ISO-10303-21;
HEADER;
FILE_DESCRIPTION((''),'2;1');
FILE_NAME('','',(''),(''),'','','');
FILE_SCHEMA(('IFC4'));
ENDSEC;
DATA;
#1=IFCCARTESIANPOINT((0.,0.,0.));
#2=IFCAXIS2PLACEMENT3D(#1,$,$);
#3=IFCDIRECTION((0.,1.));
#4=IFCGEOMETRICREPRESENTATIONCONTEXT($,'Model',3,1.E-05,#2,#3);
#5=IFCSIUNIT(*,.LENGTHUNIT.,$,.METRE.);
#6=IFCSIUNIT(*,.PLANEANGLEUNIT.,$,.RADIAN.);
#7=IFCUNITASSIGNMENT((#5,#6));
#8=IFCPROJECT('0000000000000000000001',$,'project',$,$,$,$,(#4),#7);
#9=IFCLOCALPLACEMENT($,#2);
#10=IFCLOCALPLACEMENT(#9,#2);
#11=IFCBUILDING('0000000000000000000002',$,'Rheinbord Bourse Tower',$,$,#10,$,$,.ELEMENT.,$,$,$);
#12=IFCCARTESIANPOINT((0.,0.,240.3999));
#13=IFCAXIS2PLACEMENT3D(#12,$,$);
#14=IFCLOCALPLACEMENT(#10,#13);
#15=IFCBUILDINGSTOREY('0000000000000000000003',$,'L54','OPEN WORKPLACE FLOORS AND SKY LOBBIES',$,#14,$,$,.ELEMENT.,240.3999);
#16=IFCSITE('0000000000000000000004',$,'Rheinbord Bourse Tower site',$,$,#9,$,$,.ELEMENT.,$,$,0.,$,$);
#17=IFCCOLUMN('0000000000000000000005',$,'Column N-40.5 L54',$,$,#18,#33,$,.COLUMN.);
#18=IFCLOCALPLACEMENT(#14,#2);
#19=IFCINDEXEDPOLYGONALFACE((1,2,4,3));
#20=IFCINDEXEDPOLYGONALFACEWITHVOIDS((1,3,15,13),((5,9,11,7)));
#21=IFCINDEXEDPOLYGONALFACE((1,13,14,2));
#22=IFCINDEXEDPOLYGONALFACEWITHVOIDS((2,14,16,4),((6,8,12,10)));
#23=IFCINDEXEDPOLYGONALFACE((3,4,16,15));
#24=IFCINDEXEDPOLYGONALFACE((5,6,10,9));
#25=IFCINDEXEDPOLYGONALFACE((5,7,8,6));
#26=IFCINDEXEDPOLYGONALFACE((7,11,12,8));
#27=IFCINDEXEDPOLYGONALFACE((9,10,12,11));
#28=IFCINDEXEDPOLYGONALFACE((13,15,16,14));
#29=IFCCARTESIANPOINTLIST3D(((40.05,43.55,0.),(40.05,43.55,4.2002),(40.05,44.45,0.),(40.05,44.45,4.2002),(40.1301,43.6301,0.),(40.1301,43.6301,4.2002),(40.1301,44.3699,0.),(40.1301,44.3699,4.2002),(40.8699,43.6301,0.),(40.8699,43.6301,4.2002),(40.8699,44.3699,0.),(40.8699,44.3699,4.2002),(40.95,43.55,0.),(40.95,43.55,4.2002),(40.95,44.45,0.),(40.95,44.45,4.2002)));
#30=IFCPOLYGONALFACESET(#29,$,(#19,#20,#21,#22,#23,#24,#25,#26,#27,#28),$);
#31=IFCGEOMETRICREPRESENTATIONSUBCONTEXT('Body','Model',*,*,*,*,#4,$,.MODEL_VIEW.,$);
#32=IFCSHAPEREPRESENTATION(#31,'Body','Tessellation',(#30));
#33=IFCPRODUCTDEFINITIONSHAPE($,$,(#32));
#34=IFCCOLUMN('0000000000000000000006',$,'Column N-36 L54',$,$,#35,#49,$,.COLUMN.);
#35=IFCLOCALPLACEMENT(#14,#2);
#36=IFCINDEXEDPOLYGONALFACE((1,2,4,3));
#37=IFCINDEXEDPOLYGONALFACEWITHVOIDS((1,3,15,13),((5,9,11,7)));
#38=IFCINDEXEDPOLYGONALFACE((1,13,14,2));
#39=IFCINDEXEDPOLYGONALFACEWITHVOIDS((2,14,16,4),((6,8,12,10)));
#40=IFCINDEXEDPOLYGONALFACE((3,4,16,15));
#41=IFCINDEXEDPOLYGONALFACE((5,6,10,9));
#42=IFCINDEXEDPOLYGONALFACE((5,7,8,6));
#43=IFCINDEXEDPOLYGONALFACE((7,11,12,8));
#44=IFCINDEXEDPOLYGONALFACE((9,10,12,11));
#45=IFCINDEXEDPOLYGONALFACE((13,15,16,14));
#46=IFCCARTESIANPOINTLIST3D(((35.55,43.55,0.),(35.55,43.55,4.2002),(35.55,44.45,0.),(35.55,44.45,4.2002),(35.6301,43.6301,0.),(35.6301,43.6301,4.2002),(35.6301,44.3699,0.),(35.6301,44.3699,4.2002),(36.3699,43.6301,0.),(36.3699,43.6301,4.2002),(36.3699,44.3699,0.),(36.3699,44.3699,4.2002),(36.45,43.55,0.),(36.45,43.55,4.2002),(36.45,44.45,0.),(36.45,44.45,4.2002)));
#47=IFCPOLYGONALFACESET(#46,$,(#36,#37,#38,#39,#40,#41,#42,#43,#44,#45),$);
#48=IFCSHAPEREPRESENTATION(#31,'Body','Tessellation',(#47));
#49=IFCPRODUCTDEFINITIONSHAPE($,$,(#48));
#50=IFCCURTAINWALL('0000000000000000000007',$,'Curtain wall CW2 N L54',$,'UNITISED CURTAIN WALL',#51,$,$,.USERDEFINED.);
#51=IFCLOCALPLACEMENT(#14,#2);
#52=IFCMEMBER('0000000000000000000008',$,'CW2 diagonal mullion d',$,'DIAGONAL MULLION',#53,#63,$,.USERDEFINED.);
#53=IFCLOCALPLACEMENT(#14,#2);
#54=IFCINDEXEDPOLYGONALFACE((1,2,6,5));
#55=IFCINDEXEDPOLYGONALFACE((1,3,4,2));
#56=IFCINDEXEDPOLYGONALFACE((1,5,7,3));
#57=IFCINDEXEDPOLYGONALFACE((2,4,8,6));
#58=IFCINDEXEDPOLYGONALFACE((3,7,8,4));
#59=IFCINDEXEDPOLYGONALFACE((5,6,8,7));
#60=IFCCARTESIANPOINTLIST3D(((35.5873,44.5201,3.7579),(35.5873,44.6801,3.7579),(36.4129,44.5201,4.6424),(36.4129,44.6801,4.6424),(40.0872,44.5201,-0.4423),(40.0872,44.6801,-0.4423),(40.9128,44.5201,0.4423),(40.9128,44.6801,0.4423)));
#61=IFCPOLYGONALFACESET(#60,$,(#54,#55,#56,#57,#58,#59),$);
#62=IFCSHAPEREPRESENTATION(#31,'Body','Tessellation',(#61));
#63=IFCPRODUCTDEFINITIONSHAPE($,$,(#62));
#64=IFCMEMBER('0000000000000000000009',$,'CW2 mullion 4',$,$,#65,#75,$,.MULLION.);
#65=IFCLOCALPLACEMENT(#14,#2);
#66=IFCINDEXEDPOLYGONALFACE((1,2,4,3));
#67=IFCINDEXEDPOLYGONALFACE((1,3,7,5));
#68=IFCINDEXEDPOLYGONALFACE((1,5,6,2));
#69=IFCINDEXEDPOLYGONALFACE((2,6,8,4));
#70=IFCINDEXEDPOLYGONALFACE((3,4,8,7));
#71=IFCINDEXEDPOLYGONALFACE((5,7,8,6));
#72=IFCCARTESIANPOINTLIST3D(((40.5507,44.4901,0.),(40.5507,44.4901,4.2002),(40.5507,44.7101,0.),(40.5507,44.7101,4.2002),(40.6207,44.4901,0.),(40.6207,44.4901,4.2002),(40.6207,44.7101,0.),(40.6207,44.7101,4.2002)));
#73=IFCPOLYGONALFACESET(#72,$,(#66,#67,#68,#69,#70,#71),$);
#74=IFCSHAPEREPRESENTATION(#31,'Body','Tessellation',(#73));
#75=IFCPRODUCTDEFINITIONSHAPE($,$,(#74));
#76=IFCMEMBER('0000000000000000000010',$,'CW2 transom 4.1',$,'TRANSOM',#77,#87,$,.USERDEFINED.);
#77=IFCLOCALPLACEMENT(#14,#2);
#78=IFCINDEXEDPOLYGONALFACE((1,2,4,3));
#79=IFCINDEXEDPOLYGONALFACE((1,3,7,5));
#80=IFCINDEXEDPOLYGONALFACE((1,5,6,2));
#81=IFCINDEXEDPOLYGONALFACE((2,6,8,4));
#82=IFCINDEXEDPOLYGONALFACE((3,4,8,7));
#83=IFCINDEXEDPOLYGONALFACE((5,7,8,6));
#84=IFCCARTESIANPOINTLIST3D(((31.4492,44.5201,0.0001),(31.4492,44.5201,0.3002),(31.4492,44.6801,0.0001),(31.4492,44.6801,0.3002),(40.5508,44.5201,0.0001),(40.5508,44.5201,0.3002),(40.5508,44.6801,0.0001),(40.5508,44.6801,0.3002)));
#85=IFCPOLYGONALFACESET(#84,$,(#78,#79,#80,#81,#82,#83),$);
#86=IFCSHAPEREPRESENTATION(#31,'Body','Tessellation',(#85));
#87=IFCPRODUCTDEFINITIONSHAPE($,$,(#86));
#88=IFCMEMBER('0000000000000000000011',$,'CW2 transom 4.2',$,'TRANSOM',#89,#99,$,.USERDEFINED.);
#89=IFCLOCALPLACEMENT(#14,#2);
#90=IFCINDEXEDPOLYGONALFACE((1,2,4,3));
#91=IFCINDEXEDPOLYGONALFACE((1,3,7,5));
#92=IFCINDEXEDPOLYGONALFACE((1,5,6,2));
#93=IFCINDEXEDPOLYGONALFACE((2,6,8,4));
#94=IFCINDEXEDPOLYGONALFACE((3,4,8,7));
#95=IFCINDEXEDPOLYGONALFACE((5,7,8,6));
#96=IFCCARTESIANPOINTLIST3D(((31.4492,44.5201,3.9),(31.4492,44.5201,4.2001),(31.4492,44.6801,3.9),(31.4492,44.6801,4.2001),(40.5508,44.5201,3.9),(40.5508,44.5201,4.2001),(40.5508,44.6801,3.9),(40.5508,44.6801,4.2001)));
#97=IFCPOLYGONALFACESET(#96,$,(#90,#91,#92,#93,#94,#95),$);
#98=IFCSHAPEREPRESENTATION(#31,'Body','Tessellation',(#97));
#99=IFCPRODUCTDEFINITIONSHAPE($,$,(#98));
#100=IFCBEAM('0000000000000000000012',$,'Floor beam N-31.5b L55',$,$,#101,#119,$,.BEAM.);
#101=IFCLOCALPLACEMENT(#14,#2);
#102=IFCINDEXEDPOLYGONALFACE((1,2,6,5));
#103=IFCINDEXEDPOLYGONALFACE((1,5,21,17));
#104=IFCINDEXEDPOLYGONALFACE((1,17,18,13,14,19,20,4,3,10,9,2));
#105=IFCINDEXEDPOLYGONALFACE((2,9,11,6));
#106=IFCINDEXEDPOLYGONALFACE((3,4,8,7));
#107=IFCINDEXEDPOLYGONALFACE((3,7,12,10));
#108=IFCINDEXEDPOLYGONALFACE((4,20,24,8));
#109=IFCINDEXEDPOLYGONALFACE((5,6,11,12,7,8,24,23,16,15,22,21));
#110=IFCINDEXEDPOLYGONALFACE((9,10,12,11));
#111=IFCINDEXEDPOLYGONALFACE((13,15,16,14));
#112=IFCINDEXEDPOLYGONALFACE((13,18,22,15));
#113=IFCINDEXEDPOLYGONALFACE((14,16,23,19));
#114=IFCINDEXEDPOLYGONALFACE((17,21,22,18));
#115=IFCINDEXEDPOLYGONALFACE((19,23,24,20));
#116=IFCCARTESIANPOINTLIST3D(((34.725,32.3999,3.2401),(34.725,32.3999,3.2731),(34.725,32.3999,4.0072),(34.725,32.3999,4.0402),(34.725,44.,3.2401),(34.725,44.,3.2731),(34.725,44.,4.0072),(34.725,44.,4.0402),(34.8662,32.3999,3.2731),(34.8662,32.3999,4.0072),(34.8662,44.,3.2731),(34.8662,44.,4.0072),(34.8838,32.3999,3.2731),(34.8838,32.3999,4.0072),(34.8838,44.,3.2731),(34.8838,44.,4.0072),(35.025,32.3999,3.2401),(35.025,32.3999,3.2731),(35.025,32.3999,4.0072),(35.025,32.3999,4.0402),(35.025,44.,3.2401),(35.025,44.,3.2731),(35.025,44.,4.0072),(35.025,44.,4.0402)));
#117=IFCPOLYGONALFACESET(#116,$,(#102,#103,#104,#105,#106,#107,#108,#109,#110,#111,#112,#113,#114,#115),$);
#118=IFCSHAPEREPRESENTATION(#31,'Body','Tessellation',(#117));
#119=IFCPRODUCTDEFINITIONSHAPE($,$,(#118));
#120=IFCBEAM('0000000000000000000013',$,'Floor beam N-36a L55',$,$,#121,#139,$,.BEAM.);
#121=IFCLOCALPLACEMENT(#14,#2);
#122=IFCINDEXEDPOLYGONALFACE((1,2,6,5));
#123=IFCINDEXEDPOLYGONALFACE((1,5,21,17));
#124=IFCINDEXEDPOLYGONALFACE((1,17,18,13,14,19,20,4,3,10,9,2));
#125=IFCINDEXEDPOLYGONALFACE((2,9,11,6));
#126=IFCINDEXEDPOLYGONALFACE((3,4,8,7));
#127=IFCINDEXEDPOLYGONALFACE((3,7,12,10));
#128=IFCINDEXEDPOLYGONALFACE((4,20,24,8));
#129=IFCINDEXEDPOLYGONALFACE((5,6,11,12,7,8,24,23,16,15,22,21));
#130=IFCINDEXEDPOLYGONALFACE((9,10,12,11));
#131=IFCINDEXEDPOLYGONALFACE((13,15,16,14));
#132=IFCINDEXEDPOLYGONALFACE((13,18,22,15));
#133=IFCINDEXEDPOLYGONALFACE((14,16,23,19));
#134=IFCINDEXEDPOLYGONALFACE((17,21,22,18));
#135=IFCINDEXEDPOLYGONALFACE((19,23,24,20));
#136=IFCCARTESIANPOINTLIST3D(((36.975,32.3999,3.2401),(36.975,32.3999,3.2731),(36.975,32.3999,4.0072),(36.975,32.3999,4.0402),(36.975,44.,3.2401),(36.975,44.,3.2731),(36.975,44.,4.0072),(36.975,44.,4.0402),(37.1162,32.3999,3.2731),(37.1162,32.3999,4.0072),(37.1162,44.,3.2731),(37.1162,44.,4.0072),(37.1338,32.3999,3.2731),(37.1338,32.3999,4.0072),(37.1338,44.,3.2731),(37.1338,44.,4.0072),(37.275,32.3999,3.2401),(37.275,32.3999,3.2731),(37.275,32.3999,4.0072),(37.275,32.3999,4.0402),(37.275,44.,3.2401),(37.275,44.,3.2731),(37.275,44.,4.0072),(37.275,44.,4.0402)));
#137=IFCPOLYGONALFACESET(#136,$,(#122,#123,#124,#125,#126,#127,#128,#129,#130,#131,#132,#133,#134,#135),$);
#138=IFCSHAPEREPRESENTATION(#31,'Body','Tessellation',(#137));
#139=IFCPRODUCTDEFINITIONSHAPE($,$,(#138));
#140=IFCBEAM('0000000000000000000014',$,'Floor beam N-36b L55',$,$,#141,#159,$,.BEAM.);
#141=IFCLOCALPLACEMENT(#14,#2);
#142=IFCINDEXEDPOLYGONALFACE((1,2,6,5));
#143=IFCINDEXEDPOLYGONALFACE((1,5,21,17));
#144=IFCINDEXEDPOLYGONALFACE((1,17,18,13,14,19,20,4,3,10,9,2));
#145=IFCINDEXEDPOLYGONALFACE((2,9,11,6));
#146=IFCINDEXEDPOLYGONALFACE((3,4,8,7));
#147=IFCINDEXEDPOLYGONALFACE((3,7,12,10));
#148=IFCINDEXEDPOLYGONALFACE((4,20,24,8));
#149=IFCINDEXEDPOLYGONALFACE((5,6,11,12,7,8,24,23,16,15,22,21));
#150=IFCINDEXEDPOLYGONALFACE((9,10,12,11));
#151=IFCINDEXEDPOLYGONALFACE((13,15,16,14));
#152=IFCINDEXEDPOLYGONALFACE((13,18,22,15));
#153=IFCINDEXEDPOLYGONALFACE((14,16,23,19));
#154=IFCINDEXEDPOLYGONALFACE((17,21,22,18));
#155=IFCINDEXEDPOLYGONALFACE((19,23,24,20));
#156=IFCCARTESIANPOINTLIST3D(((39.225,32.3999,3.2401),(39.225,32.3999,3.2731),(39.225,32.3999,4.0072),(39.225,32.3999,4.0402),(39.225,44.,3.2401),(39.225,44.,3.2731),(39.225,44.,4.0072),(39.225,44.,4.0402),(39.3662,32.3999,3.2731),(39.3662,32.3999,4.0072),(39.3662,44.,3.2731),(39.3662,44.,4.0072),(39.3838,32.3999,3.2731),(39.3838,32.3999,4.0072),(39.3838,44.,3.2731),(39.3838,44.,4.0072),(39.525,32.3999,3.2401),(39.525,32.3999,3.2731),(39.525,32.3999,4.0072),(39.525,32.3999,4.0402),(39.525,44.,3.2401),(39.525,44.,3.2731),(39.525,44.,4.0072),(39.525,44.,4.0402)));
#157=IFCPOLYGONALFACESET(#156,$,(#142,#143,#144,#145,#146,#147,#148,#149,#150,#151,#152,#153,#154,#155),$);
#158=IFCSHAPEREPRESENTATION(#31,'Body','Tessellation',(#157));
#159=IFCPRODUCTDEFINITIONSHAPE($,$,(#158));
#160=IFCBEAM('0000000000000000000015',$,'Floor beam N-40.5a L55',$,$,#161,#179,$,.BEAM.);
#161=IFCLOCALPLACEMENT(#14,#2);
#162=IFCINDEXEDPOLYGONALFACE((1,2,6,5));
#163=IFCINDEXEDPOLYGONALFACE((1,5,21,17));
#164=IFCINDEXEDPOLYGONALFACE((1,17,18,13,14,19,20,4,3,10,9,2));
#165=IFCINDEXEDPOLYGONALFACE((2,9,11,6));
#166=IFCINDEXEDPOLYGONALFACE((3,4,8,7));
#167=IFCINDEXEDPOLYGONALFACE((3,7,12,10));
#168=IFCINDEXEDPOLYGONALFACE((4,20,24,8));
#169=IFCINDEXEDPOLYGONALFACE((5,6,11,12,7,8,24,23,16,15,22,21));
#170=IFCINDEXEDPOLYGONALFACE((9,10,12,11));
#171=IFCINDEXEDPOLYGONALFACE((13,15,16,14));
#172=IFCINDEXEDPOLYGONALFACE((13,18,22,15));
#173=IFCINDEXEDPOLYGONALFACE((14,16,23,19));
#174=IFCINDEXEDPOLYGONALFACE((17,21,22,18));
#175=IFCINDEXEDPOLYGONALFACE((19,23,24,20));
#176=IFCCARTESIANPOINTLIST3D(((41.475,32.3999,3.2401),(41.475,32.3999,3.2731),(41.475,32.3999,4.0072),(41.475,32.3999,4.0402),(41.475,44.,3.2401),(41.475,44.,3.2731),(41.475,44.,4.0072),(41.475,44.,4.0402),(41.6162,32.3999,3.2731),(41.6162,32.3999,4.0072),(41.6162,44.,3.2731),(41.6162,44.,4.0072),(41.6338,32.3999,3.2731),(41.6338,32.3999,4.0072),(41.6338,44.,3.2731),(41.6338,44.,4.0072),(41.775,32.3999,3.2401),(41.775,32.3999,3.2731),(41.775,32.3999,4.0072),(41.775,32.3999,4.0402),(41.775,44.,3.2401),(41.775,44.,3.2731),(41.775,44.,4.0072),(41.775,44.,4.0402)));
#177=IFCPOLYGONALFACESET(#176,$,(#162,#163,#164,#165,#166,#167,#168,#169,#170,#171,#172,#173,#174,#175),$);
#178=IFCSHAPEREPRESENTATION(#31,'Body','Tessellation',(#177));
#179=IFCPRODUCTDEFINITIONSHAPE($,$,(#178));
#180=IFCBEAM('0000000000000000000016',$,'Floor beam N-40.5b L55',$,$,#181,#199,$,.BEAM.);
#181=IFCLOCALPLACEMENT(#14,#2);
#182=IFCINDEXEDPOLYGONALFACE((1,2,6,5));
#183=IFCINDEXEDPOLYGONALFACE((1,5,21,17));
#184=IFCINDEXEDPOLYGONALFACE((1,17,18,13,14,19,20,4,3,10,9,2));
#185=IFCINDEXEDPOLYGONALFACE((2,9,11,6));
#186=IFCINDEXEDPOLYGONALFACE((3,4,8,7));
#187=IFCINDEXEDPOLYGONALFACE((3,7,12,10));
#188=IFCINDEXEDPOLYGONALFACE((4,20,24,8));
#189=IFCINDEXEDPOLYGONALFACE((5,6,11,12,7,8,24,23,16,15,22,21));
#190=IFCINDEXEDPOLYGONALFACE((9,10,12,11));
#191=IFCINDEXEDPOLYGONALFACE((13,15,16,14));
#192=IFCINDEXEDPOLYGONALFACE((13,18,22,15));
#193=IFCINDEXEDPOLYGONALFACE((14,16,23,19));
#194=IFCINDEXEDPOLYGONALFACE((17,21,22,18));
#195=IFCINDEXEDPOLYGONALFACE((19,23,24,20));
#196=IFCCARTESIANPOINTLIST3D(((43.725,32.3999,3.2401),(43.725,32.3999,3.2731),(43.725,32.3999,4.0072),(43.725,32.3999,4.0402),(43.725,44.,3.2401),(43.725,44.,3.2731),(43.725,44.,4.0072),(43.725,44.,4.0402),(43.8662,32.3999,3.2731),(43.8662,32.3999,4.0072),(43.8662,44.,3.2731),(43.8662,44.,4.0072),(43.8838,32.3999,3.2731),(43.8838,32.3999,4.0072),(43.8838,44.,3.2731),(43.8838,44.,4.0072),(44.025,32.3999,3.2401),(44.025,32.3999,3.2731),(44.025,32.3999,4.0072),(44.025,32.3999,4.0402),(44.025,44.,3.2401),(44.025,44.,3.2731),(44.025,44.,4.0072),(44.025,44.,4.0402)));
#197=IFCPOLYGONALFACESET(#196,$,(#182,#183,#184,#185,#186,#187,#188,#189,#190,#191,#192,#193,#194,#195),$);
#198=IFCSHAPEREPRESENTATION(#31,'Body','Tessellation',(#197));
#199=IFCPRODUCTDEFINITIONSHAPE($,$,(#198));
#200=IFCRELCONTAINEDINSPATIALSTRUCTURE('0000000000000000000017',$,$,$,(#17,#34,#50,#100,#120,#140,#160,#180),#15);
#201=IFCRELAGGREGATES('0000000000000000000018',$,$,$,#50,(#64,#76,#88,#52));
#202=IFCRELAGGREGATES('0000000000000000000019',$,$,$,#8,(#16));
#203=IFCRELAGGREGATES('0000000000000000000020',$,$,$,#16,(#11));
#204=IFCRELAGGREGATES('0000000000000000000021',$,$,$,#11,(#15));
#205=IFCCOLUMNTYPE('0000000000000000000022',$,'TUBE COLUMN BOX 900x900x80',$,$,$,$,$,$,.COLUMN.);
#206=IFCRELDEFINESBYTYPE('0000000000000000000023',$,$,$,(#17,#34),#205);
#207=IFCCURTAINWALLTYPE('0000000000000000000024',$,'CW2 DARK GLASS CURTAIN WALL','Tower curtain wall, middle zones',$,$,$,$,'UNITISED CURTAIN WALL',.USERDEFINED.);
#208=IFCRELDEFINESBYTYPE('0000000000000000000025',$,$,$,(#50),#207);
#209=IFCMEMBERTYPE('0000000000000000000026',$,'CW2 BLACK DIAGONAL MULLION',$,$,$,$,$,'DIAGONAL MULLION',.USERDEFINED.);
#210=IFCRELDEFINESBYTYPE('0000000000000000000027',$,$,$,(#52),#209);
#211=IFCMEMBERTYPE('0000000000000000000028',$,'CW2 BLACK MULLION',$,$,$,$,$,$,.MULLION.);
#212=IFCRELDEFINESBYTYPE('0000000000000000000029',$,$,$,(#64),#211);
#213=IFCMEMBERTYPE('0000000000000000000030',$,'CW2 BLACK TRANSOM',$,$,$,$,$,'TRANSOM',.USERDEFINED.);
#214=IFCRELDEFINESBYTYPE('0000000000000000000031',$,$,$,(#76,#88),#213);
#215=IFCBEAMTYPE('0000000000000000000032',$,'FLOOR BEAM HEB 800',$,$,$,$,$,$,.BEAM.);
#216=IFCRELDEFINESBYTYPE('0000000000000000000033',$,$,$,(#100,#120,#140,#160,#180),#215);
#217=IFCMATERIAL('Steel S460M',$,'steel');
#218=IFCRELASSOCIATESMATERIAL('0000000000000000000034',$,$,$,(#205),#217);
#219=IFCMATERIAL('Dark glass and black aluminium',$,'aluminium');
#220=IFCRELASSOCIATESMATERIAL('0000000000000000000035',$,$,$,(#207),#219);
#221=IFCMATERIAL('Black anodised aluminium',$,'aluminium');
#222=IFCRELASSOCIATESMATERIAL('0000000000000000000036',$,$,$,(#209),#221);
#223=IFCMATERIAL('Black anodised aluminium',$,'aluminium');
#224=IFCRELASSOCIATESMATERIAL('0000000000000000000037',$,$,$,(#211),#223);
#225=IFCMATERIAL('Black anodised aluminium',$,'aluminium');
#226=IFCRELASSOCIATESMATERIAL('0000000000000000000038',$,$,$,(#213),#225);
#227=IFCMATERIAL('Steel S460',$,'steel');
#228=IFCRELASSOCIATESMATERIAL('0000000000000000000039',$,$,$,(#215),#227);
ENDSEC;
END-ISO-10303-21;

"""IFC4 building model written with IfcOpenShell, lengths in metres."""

from ifc_helpers import new_model, si_unit, direction, frame, origin, origin_2d, place, context, subcontext, project, spatial, rectangle, hollow_rectangle, i_section, extrude, material, material_profile, profile_set, type_object, element, aggregate, save


model = new_model("IFC4")

# Units and contexts
model_context = context("Model", 3, precision=1e-05, world=origin(), true_north=direction((0.0, 1.0)))
body_context = subcontext(model_context, "Body", "Model", "MODEL_VIEW")
ifc_project = project(units=[si_unit("LENGTHUNIT", "METRE"), si_unit("PLANEANGLEUNIT", "RADIAN")], contexts=[model_context])

# Site, building, storey
site_placement = place(None, origin())
site = spatial("IfcSite", under=ifc_project, at=site_placement, Name="Rheinbord Bourse Tower site", CompositionType="ELEMENT", RefElevation=0.0)
building_placement = place(site_placement, origin())
building = spatial("IfcBuilding", under=site, at=building_placement, Name="Rheinbord Bourse Tower", CompositionType="ELEMENT")
storey_placement = place(building_placement, frame((0.0, 0.0, 240.3999)))
storey = spatial("IfcBuildingStorey", under=building, at=storey_placement, Name="L54", Description="OPEN WORKPLACE FLOORS AND SKY LOBBIES", CompositionType="ELEMENT", Elevation=240.3999)

# Columns
ifc_material_1 = material(Name="Steel S460M", Category="steel")
ifc_material_profile_1 = material_profile(ifc_material_1, hollow_rectangle(XDim=0.8999, YDim=0.8999, WallThickness=0.0801, at=origin_2d()), Name="BOX 900x900x80")
ifc_profile_set_1 = profile_set([ifc_material_profile_1], Name="Steel S460M")
column_type = type_object("IfcColumnType", Name="TUBE COLUMN BOX 900x900x80", PredefinedType="COLUMN", material=ifc_profile_set_1)
for number, where, z_axis, x_axis, name in (
    (1, (40.5, 44.0, 0.0), (0.0, 0.0, 1.0), (0.0, 1.0, 0.0), "Column N-40.5 L54"),
    (2, (36.0, 44.0, 0.0), (0.0, 0.0, 1.0), (0.0, 1.0, 0.0), "Column N-36 L54"),
):
    element("IfcColumn", number, at=place(storey_placement, frame(where, z_axis=z_axis, x_axis=x_axis)), inside=storey, type_object=column_type, Name=name, PredefinedType="COLUMN", context=body_context, shape_type="SweptSolid", body=[
        extrude(hollow_rectangle(XDim=0.8999, YDim=0.8999, WallThickness=0.0801, at=origin_2d()), origin(), (0.0, 0.0, 1.0), 4.2002),
    ])

# Curtain wall, members
ifc_material_2 = material(Name="Dark glass and black aluminium", Category="aluminium")
curtain_wall_type = type_object("IfcCurtainWallType", Name="CW2 DARK GLASS CURTAIN WALL", Description="Tower curtain wall, middle zones", ElementType="UNITISED CURTAIN WALL", PredefinedType="USERDEFINED", material=ifc_material_2)
curtain_wall_placement = place(storey_placement, origin())
curtain_wall = element("IfcCurtainWall", 3, at=curtain_wall_placement, inside=storey, type_object=curtain_wall_type, Name="Curtain wall CW2 N L54", ObjectType="UNITISED CURTAIN WALL", PredefinedType="USERDEFINED")
ifc_material_3 = material(Name="Black anodised aluminium", Category="aluminium")
ifc_material_profile_2 = material_profile(ifc_material_3, rectangle(XDim=0.1599, YDim=1.21, at=origin_2d()), Name="CW2 DIAGONAL MULLION 1210x160")
ifc_profile_set_2 = profile_set([ifc_material_profile_2], Name="Black anodised aluminium")
member_type_1 = type_object("IfcMemberType", Name="CW2 BLACK DIAGONAL MULLION", ElementType="DIAGONAL MULLION", PredefinedType="USERDEFINED", material=ifc_profile_set_2)
member_1_placement = place(storey_placement, frame((40.5, 44.6001, 0.0), z_axis=(-0.731039, 0.0, 0.682335), x_axis=(0.0, -1.0, 0.0)))
member_1 = element("IfcMember", 4, at=member_1_placement, type_object=member_type_1, Name="CW2 diagonal mullion d", ObjectType="DIAGONAL MULLION", PredefinedType="USERDEFINED", context=body_context, shape_type="SweptSolid", body=[
    extrude(rectangle(XDim=0.1599, YDim=1.21, at=origin_2d()), origin(), (0.0, 0.0, 1.0), 6.1555),
])
ifc_material_4 = material(Name="Black anodised aluminium", Category="aluminium")
ifc_material_profile_3 = material_profile(ifc_material_4, rectangle(XDim=0.22, YDim=0.0701, at=origin_2d()), Name="CW2 MULLION 70x220")
ifc_profile_set_3 = profile_set([ifc_material_profile_3], Name="Black anodised aluminium")
member_type_2 = type_object("IfcMemberType", Name="CW2 BLACK MULLION", PredefinedType="MULLION", material=ifc_profile_set_3)
member_2_placement = place(storey_placement, frame((40.5857, 44.6001, 0.0), z_axis=(0.0, 0.0, 1.0), x_axis=(0.0, -1.0, 0.0)))
member_2 = element("IfcMember", 5, at=member_2_placement, type_object=member_type_2, Name="CW2 mullion 4", PredefinedType="MULLION", context=body_context, shape_type="SweptSolid", body=[
    extrude(rectangle(XDim=0.22, YDim=0.0701, at=origin_2d()), origin(), (0.0, 0.0, 1.0), 4.2002),
])
ifc_material_5 = material(Name="Black anodised aluminium", Category="aluminium")
ifc_material_profile_4 = material_profile(ifc_material_5, rectangle(XDim=0.1599, YDim=0.3, at=origin_2d()), Name="CW2 TRANSOM 300x160")
ifc_profile_set_4 = profile_set([ifc_material_profile_4], Name="Black anodised aluminium")
member_type_3 = type_object("IfcMemberType", Name="CW2 BLACK TRANSOM", ElementType="TRANSOM", PredefinedType="USERDEFINED", material=ifc_profile_set_4)
member_3_placement = place(storey_placement, frame((40.5508, 44.6001, 0.1501), z_axis=(-1.0, 0.0, 0.0), x_axis=(0.0, -1.0, 0.0)))
member_3 = element("IfcMember", 6, at=member_3_placement, type_object=member_type_3, Name="CW2 transom 4.1", ObjectType="TRANSOM", PredefinedType="USERDEFINED", context=body_context, shape_type="SweptSolid", body=[
    extrude(rectangle(XDim=0.1599, YDim=0.3, at=origin_2d()), origin(), (0.0, 0.0, 1.0), 9.1016),
])
member_4_placement = place(storey_placement, frame((40.5508, 44.6001, 4.05), z_axis=(-1.0, 0.0, 0.0), x_axis=(0.0, -1.0, 0.0)))
member_4 = element("IfcMember", 7, at=member_4_placement, type_object=member_type_3, Name="CW2 transom 4.2", ObjectType="TRANSOM", PredefinedType="USERDEFINED", context=body_context, shape_type="SweptSolid", body=[
    extrude(rectangle(XDim=0.1599, YDim=0.3, at=origin_2d()), origin(), (0.0, 0.0, 1.0), 9.1016),
])

# Beams
ifc_material_6 = material(Name="Steel S460", Category="steel")
ifc_material_profile_5 = material_profile(ifc_material_6, i_section(OverallWidth=0.3, OverallDepth=0.8, WebThickness=0.0176, FlangeThickness=0.033, at=origin_2d()), Name="HEB 800")
ifc_profile_set_5 = profile_set([ifc_material_profile_5], Name="Steel S460")
beam_type_1 = type_object("IfcBeamType", Name="FLOOR BEAM HEB 800", PredefinedType="BEAM", material=ifc_profile_set_5)
for number, where, z_axis, x_axis, name in (
    (8, (34.875, 44.0, 3.6401), (0.0, -1.0, 0.0), (1.0, 0.0, 0.0), "Floor beam N-31.5b L55"),
    (9, (37.125, 44.0, 3.6401), (0.0, -1.0, 0.0), (1.0, 0.0, 0.0), "Floor beam N-36a L55"),
    (10, (39.375, 44.0, 3.6401), (0.0, -1.0, 0.0), (1.0, 0.0, 0.0), "Floor beam N-36b L55"),
    (11, (41.625, 44.0, 3.6401), (0.0, -1.0, 0.0), (1.0, 0.0, 0.0), "Floor beam N-40.5a L55"),
    (12, (43.875, 44.0, 3.6401), (0.0, -1.0, 0.0), (1.0, 0.0, 0.0), "Floor beam N-40.5b L55"),
):
    element("IfcBeam", number, at=place(storey_placement, frame(where, z_axis=z_axis, x_axis=x_axis)), inside=storey, type_object=beam_type_1, Name=name, PredefinedType="BEAM", context=body_context, shape_type="SweptSolid", body=[
        extrude(i_section(OverallWidth=0.3, OverallDepth=0.8, WebThickness=0.0176, FlangeThickness=0.033, at=origin_2d()), origin(), (0.0, 0.0, 1.0), 11.6001),
    ])

aggregate(curtain_wall, [member_2, member_3, member_4, member_1])

save(model, "model.ifc")
